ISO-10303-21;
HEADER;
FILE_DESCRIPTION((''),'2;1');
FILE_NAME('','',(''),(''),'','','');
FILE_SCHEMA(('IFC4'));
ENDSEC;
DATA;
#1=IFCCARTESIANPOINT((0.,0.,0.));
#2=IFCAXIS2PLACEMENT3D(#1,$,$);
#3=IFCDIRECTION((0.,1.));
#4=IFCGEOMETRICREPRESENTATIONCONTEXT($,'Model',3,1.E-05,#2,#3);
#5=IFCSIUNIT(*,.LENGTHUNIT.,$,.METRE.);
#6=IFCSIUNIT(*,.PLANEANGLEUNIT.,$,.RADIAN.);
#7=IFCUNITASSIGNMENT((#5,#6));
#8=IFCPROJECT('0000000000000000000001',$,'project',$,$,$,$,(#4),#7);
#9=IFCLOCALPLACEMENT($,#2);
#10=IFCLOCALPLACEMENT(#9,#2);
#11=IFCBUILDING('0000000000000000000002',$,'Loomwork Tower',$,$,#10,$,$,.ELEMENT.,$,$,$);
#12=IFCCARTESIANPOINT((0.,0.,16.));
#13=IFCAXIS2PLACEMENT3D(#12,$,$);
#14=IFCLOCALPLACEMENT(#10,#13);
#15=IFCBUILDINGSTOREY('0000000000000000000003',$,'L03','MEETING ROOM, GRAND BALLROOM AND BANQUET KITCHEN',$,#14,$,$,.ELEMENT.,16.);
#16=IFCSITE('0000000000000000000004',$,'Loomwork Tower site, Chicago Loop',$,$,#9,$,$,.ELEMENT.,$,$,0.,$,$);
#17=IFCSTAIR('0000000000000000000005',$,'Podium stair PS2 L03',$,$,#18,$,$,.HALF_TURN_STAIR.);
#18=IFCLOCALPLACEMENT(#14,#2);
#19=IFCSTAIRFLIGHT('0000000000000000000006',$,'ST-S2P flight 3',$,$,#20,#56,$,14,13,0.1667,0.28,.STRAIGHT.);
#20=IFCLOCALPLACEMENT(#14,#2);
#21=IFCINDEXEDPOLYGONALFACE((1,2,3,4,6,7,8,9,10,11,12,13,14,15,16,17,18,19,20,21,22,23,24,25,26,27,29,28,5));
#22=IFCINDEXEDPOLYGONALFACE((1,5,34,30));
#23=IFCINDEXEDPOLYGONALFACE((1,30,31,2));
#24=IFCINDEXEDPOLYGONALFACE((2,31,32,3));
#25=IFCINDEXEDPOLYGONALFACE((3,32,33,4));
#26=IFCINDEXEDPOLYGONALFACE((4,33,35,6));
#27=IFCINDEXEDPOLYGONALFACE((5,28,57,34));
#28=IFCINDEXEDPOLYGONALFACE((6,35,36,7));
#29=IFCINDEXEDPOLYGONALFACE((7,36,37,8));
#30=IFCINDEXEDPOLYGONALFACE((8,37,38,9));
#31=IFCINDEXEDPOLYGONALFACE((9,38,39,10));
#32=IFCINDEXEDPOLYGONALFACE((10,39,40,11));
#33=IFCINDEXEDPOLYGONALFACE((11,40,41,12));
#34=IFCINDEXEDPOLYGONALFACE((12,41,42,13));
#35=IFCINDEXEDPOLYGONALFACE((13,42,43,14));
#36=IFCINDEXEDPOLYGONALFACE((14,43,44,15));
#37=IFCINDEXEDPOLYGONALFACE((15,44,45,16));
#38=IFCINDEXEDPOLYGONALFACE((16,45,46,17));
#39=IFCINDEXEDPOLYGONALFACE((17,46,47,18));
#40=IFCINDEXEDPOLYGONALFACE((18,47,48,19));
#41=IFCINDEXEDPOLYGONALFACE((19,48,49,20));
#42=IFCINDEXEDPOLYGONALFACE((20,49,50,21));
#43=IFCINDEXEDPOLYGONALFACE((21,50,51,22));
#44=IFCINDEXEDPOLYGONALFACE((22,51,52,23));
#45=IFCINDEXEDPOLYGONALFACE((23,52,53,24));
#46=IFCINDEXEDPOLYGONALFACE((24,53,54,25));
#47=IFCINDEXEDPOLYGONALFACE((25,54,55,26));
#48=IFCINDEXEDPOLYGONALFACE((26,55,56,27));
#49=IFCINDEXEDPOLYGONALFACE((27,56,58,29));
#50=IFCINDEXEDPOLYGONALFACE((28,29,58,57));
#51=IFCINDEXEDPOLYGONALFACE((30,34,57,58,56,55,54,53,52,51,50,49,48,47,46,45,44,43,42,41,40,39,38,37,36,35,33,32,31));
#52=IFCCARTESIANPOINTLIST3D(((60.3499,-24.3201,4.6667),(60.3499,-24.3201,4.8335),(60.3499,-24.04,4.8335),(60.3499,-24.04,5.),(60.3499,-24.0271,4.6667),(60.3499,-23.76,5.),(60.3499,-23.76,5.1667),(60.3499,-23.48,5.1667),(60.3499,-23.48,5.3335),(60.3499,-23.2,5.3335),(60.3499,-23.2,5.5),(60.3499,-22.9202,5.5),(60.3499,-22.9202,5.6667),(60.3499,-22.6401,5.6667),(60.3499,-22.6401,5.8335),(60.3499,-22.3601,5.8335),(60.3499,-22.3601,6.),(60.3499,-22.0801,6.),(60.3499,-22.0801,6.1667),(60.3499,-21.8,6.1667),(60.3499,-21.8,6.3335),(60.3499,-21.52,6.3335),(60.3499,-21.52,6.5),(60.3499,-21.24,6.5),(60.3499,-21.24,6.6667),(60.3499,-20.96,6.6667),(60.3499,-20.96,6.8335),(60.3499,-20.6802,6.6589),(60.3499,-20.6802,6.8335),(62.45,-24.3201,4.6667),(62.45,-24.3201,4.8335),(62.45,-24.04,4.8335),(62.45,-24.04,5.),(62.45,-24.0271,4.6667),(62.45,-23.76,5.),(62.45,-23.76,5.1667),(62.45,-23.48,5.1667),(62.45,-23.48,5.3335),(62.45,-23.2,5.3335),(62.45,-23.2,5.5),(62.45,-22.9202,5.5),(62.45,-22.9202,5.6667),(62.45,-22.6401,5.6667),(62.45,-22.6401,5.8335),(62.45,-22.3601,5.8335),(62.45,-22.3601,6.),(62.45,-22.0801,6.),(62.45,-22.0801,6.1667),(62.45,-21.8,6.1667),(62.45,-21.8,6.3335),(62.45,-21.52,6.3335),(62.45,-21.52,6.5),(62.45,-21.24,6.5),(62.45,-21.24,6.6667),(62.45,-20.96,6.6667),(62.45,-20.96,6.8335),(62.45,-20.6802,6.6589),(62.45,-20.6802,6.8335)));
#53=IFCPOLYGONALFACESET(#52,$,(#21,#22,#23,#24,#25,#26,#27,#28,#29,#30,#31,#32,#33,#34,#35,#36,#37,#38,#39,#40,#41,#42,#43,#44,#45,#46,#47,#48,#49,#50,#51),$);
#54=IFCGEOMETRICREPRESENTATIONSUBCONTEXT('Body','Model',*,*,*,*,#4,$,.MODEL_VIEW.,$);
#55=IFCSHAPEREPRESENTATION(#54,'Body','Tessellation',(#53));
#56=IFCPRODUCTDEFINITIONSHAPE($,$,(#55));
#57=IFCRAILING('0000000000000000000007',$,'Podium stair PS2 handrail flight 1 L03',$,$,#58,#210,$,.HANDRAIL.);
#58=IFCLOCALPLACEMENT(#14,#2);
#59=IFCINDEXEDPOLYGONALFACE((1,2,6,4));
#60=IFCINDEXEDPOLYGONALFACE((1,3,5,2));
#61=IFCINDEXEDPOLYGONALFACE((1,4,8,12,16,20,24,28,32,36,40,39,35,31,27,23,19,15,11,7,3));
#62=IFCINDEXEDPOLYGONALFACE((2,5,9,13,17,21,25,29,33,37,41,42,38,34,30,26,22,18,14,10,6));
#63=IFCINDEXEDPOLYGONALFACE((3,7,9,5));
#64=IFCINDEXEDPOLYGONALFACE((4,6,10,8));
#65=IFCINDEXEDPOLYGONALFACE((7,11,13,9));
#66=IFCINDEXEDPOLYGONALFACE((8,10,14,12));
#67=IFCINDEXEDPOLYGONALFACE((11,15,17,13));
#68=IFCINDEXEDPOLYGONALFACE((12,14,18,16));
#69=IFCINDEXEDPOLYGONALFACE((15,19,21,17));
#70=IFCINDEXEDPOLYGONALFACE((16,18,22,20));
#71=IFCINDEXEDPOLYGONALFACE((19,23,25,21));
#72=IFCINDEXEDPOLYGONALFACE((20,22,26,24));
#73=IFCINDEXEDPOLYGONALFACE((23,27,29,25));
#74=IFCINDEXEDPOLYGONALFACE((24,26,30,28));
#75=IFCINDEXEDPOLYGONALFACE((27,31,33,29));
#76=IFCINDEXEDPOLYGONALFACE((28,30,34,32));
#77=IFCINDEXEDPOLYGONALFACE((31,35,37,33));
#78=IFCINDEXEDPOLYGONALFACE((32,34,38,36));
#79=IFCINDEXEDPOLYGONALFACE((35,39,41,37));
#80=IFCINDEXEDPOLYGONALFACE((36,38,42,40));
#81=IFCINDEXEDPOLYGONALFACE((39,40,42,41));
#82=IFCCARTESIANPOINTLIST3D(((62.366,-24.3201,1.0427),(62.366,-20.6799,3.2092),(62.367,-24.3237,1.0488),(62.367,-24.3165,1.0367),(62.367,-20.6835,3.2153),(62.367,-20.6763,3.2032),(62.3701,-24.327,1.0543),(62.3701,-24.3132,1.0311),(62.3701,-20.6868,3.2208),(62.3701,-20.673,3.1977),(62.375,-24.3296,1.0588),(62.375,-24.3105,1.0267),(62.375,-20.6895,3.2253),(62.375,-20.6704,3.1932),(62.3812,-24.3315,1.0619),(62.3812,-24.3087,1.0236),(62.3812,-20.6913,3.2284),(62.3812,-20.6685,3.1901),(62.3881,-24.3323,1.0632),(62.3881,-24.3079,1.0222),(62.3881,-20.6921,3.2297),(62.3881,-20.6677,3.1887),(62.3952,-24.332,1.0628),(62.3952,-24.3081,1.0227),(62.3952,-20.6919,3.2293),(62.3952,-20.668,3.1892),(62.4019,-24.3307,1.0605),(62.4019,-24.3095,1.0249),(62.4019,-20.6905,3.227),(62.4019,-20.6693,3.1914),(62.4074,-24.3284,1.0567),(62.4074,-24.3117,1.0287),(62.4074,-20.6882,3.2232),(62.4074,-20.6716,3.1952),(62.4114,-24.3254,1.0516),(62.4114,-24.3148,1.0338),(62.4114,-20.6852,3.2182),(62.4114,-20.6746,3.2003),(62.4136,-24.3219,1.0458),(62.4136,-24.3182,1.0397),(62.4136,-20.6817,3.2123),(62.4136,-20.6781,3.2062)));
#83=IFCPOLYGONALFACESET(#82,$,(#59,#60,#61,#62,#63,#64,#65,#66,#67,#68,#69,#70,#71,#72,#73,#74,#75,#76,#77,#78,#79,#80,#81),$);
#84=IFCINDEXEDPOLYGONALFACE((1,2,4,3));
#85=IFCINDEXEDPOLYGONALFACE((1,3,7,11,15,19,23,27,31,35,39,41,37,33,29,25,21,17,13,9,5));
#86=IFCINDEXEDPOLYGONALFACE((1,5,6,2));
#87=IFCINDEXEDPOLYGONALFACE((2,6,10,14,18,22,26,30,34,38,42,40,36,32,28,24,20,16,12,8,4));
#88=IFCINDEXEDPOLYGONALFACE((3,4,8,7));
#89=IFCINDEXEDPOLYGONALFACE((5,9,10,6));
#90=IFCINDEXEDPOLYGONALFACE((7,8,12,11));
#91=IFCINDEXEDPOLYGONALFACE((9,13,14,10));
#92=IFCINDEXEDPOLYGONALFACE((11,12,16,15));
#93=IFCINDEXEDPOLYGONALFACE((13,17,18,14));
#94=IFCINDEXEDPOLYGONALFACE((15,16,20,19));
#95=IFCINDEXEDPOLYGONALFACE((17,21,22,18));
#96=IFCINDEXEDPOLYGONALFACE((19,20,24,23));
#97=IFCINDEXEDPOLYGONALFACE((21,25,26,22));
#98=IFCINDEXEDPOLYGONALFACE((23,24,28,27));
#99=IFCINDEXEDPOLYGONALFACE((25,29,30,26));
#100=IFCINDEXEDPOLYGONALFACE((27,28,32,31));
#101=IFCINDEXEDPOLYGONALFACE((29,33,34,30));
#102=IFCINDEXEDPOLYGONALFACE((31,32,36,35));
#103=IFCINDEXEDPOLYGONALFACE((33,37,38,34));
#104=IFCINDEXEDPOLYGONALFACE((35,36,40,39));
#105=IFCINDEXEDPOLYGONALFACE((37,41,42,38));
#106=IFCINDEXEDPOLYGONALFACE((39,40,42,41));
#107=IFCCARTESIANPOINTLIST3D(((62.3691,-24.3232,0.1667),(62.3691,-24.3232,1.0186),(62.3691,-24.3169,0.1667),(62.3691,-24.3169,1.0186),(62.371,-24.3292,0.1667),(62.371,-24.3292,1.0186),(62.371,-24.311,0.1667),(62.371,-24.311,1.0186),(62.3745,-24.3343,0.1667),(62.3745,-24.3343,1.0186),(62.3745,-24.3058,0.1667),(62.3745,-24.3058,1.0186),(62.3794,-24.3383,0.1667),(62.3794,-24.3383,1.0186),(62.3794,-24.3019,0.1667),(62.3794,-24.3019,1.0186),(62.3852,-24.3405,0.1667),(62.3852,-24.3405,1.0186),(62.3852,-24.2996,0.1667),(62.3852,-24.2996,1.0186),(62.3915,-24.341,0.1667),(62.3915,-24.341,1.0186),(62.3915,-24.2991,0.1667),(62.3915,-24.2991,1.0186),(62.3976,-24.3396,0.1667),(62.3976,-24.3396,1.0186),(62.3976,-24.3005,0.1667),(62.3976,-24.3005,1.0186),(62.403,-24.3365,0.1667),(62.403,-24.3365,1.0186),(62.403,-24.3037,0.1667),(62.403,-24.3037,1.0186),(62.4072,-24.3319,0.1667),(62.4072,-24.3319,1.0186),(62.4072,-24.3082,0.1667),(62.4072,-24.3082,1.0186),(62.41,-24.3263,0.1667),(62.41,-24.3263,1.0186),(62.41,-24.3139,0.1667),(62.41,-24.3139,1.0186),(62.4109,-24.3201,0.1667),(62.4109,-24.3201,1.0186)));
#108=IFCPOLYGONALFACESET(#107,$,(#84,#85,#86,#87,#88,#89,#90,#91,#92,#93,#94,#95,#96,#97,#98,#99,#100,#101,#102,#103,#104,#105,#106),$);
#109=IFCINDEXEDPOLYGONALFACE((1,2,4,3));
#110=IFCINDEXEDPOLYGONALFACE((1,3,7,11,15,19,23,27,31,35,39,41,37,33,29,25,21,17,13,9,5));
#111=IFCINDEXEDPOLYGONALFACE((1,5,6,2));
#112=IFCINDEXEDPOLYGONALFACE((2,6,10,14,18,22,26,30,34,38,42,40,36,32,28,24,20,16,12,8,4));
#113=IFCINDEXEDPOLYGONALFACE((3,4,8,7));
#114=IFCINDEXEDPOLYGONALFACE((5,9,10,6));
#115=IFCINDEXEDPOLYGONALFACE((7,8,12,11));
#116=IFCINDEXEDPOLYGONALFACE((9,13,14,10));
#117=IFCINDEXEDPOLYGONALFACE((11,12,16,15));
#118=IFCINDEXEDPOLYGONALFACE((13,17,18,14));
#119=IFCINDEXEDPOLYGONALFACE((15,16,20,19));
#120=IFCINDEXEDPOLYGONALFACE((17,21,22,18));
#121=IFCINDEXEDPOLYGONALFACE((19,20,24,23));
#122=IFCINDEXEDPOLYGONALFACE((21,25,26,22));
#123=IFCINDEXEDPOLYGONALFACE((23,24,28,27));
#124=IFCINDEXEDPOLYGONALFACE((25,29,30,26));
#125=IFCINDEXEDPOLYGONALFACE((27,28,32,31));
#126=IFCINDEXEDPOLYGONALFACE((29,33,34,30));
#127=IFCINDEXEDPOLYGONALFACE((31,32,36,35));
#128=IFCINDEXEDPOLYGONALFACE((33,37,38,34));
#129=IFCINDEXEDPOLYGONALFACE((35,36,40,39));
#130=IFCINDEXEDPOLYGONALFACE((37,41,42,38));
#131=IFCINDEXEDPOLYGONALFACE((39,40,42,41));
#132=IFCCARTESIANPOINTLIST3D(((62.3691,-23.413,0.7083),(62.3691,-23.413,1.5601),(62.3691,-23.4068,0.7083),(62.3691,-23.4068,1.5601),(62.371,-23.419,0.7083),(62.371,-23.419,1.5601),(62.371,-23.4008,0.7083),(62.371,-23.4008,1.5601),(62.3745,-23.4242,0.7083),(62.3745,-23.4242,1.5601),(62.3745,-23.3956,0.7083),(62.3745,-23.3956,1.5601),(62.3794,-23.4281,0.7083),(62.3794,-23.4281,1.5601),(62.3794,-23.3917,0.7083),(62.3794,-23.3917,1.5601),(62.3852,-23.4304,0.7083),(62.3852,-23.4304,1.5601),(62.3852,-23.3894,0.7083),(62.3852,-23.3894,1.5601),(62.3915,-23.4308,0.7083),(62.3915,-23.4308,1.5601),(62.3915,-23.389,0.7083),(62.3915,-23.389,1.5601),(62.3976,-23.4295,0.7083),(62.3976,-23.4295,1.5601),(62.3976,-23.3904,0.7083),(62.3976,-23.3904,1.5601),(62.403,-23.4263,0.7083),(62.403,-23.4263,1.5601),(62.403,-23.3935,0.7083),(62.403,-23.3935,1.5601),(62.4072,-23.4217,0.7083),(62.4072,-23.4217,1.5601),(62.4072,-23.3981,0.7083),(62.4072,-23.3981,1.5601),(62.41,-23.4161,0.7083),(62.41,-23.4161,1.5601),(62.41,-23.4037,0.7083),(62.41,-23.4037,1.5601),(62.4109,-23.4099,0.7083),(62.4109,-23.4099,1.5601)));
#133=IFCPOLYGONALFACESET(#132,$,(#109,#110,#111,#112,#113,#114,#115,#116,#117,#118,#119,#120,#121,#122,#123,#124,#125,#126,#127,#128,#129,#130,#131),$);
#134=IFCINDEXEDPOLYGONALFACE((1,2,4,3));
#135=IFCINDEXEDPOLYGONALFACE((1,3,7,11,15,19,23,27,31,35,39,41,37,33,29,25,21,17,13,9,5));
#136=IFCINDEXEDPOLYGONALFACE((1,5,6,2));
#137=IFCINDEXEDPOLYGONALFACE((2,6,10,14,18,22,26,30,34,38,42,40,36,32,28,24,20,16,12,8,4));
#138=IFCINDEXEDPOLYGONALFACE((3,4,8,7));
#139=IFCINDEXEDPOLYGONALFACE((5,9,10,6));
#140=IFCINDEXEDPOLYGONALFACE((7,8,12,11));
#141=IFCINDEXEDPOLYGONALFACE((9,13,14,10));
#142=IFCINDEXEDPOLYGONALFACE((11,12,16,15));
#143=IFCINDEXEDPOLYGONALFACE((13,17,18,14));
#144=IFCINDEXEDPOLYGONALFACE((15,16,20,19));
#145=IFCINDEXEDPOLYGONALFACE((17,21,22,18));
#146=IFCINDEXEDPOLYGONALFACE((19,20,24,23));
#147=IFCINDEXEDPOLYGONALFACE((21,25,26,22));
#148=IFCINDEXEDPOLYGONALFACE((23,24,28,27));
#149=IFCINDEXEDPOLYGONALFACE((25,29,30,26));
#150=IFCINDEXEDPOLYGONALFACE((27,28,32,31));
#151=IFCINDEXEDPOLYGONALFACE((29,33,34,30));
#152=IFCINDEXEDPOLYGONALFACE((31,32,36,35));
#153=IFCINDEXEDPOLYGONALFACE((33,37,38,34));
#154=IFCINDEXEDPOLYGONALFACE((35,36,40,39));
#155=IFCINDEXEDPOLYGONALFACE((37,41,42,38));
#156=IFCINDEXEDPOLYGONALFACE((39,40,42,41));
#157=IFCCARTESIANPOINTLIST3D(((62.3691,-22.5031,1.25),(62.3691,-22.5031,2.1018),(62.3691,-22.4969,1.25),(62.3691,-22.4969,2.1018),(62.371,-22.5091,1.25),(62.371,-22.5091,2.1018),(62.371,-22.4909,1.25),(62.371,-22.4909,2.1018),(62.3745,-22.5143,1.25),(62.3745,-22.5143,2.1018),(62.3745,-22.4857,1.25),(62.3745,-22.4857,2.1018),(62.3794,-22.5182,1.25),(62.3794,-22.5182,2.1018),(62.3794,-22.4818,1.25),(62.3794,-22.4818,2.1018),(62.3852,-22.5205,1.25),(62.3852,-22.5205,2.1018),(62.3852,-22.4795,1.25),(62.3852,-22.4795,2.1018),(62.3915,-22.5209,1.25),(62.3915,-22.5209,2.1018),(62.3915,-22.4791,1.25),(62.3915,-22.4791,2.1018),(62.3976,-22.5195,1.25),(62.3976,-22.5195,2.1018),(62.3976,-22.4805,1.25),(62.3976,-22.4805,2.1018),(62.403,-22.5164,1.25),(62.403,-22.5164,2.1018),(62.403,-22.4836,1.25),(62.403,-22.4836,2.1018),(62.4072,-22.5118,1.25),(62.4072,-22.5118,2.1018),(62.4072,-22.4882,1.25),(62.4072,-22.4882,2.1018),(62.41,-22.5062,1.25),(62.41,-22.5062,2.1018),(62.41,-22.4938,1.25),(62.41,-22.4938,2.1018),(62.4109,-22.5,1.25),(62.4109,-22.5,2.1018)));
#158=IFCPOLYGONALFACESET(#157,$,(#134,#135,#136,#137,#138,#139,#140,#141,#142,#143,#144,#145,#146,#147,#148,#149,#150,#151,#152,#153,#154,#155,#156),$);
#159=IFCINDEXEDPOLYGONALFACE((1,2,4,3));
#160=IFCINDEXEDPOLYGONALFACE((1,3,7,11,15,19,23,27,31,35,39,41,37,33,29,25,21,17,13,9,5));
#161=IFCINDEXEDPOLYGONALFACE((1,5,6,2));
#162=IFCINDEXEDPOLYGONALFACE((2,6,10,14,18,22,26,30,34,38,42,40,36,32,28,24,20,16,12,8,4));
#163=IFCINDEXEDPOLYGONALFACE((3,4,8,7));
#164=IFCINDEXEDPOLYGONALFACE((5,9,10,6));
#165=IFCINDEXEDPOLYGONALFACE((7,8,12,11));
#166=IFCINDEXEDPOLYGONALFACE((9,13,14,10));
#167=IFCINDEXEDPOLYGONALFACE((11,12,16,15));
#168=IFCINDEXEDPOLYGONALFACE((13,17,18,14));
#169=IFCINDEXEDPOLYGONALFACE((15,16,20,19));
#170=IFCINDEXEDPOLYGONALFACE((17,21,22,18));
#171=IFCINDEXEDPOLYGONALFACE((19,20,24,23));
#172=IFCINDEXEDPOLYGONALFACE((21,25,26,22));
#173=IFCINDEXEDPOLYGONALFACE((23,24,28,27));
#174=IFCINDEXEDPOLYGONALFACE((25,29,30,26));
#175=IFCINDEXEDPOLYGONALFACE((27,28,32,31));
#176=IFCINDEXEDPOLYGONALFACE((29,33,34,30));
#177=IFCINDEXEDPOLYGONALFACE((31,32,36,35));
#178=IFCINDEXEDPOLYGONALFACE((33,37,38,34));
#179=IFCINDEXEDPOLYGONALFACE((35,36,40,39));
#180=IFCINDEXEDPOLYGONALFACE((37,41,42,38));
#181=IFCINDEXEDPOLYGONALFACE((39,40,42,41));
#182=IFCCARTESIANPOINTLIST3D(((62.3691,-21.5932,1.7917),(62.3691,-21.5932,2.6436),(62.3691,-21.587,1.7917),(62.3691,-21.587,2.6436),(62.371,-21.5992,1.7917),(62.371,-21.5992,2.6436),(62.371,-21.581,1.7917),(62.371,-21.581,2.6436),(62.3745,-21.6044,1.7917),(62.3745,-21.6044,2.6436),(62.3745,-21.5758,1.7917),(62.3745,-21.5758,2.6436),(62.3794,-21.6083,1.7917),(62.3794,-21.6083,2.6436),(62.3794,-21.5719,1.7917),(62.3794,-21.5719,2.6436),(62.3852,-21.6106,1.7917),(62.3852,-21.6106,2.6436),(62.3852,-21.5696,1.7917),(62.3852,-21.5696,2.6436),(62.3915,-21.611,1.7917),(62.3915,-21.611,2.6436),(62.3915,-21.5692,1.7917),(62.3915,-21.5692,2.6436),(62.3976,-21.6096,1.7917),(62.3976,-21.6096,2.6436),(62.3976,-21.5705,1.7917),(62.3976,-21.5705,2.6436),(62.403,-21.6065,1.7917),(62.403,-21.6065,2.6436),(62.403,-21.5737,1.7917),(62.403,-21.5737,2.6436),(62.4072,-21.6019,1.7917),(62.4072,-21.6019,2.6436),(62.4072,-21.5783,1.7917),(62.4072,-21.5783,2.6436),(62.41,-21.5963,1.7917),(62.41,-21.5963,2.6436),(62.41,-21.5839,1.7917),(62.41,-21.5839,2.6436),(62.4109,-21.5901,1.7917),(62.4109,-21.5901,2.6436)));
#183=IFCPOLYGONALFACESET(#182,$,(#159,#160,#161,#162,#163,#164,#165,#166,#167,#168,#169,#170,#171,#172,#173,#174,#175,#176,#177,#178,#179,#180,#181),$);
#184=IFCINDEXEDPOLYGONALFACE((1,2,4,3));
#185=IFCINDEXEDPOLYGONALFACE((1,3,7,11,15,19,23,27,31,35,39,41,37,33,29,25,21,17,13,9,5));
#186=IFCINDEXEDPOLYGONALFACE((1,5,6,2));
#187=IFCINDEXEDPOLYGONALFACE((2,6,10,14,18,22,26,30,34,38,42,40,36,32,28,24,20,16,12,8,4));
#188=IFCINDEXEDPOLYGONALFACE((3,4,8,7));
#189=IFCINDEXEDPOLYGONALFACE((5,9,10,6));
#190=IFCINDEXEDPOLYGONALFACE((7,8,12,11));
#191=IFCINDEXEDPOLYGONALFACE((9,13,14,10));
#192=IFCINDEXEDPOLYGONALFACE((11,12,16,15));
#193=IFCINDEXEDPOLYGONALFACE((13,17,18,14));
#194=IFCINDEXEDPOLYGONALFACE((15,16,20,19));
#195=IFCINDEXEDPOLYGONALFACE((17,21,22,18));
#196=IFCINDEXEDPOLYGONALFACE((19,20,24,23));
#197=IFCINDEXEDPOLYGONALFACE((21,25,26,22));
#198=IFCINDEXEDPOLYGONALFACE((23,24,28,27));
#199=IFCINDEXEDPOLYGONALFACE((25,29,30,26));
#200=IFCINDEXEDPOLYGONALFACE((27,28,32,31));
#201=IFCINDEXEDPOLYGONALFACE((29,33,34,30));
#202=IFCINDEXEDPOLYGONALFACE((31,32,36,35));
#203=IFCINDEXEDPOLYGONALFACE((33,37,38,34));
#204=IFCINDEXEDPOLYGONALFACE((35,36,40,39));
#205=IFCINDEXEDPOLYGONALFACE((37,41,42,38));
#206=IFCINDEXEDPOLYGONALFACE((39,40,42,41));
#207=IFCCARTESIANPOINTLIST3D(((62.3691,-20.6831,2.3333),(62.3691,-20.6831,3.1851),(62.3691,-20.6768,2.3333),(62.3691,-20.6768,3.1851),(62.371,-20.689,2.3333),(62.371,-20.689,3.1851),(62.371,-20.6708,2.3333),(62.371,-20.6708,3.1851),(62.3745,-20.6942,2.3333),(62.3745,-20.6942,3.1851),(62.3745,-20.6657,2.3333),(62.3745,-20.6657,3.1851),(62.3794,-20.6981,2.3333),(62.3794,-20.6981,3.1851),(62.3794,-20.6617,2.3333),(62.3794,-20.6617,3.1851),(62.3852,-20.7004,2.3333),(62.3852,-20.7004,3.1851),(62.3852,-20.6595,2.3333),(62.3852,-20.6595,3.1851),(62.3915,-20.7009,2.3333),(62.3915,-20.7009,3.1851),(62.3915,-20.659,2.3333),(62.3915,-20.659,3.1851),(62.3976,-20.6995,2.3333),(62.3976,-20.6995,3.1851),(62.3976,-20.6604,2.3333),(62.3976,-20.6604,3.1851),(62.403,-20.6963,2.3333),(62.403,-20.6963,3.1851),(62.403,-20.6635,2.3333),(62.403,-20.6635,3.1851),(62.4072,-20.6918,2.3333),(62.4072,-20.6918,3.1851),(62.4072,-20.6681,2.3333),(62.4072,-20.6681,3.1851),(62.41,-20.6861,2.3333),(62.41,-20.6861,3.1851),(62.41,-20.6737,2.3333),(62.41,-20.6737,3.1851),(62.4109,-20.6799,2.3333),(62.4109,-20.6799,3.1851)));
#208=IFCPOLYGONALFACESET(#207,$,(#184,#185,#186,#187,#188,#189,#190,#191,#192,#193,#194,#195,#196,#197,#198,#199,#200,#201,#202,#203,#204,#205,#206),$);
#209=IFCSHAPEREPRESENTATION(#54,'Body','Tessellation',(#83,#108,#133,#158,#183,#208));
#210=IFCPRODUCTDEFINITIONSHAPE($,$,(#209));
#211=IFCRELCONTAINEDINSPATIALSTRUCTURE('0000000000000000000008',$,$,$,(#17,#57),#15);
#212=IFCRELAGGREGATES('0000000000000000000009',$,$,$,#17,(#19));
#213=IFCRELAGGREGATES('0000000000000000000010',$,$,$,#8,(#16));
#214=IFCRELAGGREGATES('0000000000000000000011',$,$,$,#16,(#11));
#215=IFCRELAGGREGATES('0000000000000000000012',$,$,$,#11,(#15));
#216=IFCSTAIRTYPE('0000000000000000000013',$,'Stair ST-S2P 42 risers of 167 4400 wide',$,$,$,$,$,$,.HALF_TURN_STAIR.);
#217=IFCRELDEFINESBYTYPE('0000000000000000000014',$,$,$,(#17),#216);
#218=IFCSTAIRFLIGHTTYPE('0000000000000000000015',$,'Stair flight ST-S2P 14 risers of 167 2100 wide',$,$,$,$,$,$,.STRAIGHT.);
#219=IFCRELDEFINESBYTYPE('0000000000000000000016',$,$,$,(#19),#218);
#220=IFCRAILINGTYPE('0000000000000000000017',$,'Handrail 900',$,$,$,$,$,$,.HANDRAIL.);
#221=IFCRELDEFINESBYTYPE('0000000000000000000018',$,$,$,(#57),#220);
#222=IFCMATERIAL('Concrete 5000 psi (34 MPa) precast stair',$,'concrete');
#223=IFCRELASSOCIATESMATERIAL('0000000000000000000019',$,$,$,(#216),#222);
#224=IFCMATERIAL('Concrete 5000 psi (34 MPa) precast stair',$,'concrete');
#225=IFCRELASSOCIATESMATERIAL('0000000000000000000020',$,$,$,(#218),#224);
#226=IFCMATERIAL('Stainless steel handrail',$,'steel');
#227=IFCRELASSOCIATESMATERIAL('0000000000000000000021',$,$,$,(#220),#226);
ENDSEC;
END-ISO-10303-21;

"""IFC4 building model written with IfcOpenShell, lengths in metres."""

from ifc_helpers import new_model, si_unit, direction, frame, origin, origin_2d, place, context, subcontext, project, spatial, polyline, circle, outline, extrude, material, type_object, element, aggregate, save


model = new_model("IFC4")

# Units and contexts
model_context = context("Model", 3, precision=1e-05, world=origin(), true_north=direction((0.0, 1.0)))
body_context = subcontext(model_context, "Body", "Model", "MODEL_VIEW")
ifc_project = project(units=[si_unit("LENGTHUNIT", "METRE"), si_unit("PLANEANGLEUNIT", "RADIAN")], contexts=[model_context])

# Site, building, storey
site_placement = place(None, origin())
site = spatial("IfcSite", under=ifc_project, at=site_placement, Name="Loomwork Tower site, Chicago Loop", CompositionType="ELEMENT", RefElevation=0.0)
building_placement = place(site_placement, origin())
building = spatial("IfcBuilding", under=site, at=building_placement, Name="Loomwork Tower", CompositionType="ELEMENT")
storey_placement = place(building_placement, frame((0.0, 0.0, 16.0)))
storey = spatial("IfcBuildingStorey", under=building, at=storey_placement, Name="L03", Description="MEETING ROOM, GRAND BALLROOM AND BANQUET KITCHEN", CompositionType="ELEMENT", Elevation=16.0)

# Stair, stair flight
ifc_material_1 = material(Name="Concrete 5000 psi (34 MPa) precast stair", Category="concrete")
stair_type = type_object("IfcStairType", Name="Stair ST-S2P 42 risers of 167 4400 wide", PredefinedType="HALF_TURN_STAIR", material=ifc_material_1)
stair_placement = place(storey_placement, origin())
stair = element("IfcStair", 1, at=stair_placement, inside=storey, type_object=stair_type, Name="Podium stair PS2 L03", PredefinedType="HALF_TURN_STAIR")
ifc_material_2 = material(Name="Concrete 5000 psi (34 MPa) precast stair", Category="concrete")
stair_flight_type = type_object("IfcStairFlightType", Name="Stair flight ST-S2P 14 risers of 167 2100 wide", PredefinedType="STRAIGHT", material=ifc_material_2)
stair_flight_1_placement = place(storey_placement, frame((61.3999, -24.3201, 4.6667), z_axis=(0.0, 0.0, 1.0), x_axis=(0.0, 1.0, 0.0)))
stair_flight_1 = element("IfcStairFlight", 2, at=stair_flight_1_placement, type_object=stair_flight_type, Name="ST-S2P flight 3", NumberOfRisers=14, NumberOfTreads=13, PredefinedType="STRAIGHT", RiserHeight=0.1667, TreadLength=0.28, context=body_context, shape_type="SweptSolid", body=[
    extrude(outline(polyline([(0.0, 0.0), (0.0, 0.1667), (0.28, 0.1667), (0.28, 0.3333), (0.5601, 0.3333), (0.5601, 0.5), (0.8401, 0.5), (0.8401, 0.6667), (1.1201, 0.6667), (1.1201, 0.8333), (1.3999, 0.8333), (1.3999, 1.0), (1.6799, 1.0), (1.6799, 1.1667), (1.96, 1.1667), (1.96, 1.3333), (2.24, 1.3333), (2.24, 1.5), (2.52, 1.5), (2.52, 1.6667), (2.8, 1.6667), (2.8, 1.8333), (3.0801, 1.8333), (3.0801, 2.0), (3.3601, 2.0), (3.3601, 2.1667), (3.6399, 2.1667), (3.6399, 2.3333), (3.6399, 1.9922), (0.293, 0.0), (0.0, 0.0)])), frame((0.0, 1.05, 0.0), z_axis=(0.0, -1.0, 0.0), x_axis=(1.0, 0.0, 0.0)), (0.0, 0.0, 1.0), 2.1001),
])
aggregate(stair, [stair_flight_1])

# Railing
ifc_material_3 = material(Name="Stainless steel handrail", Category="steel")
railing_type = type_object("IfcRailingType", Name="Handrail 900", PredefinedType="HANDRAIL", material=ifc_material_3)
railing_1_placement = place(storey_placement, frame((62.3899, -24.3201, 0.1667)))
element("IfcRailing", 3, at=railing_1_placement, inside=storey, type_object=railing_type, Name="Podium stair PS2 handrail flight 1 L03", PredefinedType="HANDRAIL", context=body_context, shape_type="SweptSolid", body=[
    extrude(circle(Radius=0.0239, at=origin_2d()), frame((0.0, 0.0, 0.876), z_axis=(0.0, 0.859318, 0.511441), x_axis=(-1.0, 0.0, 0.0)), (0.0, 0.0, 1.0), 4.2361),
    extrude(circle(Radius=0.021, at=origin_2d()), origin(), (0.0, 0.0, 1.0), 0.8518),
    extrude(circle(Radius=0.021, at=origin_2d()), frame((0.0, 0.9102, 0.5415)), (0.0, 0.0, 1.0), 0.8518),
    extrude(circle(Radius=0.021, at=origin_2d()), frame((0.0, 1.8201, 1.0833)), (0.0, 0.0, 1.0), 0.8518),
    extrude(circle(Radius=0.021, at=origin_2d()), frame((0.0, 2.73, 1.625)), (0.0, 0.0, 1.0), 0.8518),
    extrude(circle(Radius=0.021, at=origin_2d()), frame((0.0, 3.6401, 2.1665)), (0.0, 0.0, 1.0), 0.8518),
])

save(model, "model.ifc")
